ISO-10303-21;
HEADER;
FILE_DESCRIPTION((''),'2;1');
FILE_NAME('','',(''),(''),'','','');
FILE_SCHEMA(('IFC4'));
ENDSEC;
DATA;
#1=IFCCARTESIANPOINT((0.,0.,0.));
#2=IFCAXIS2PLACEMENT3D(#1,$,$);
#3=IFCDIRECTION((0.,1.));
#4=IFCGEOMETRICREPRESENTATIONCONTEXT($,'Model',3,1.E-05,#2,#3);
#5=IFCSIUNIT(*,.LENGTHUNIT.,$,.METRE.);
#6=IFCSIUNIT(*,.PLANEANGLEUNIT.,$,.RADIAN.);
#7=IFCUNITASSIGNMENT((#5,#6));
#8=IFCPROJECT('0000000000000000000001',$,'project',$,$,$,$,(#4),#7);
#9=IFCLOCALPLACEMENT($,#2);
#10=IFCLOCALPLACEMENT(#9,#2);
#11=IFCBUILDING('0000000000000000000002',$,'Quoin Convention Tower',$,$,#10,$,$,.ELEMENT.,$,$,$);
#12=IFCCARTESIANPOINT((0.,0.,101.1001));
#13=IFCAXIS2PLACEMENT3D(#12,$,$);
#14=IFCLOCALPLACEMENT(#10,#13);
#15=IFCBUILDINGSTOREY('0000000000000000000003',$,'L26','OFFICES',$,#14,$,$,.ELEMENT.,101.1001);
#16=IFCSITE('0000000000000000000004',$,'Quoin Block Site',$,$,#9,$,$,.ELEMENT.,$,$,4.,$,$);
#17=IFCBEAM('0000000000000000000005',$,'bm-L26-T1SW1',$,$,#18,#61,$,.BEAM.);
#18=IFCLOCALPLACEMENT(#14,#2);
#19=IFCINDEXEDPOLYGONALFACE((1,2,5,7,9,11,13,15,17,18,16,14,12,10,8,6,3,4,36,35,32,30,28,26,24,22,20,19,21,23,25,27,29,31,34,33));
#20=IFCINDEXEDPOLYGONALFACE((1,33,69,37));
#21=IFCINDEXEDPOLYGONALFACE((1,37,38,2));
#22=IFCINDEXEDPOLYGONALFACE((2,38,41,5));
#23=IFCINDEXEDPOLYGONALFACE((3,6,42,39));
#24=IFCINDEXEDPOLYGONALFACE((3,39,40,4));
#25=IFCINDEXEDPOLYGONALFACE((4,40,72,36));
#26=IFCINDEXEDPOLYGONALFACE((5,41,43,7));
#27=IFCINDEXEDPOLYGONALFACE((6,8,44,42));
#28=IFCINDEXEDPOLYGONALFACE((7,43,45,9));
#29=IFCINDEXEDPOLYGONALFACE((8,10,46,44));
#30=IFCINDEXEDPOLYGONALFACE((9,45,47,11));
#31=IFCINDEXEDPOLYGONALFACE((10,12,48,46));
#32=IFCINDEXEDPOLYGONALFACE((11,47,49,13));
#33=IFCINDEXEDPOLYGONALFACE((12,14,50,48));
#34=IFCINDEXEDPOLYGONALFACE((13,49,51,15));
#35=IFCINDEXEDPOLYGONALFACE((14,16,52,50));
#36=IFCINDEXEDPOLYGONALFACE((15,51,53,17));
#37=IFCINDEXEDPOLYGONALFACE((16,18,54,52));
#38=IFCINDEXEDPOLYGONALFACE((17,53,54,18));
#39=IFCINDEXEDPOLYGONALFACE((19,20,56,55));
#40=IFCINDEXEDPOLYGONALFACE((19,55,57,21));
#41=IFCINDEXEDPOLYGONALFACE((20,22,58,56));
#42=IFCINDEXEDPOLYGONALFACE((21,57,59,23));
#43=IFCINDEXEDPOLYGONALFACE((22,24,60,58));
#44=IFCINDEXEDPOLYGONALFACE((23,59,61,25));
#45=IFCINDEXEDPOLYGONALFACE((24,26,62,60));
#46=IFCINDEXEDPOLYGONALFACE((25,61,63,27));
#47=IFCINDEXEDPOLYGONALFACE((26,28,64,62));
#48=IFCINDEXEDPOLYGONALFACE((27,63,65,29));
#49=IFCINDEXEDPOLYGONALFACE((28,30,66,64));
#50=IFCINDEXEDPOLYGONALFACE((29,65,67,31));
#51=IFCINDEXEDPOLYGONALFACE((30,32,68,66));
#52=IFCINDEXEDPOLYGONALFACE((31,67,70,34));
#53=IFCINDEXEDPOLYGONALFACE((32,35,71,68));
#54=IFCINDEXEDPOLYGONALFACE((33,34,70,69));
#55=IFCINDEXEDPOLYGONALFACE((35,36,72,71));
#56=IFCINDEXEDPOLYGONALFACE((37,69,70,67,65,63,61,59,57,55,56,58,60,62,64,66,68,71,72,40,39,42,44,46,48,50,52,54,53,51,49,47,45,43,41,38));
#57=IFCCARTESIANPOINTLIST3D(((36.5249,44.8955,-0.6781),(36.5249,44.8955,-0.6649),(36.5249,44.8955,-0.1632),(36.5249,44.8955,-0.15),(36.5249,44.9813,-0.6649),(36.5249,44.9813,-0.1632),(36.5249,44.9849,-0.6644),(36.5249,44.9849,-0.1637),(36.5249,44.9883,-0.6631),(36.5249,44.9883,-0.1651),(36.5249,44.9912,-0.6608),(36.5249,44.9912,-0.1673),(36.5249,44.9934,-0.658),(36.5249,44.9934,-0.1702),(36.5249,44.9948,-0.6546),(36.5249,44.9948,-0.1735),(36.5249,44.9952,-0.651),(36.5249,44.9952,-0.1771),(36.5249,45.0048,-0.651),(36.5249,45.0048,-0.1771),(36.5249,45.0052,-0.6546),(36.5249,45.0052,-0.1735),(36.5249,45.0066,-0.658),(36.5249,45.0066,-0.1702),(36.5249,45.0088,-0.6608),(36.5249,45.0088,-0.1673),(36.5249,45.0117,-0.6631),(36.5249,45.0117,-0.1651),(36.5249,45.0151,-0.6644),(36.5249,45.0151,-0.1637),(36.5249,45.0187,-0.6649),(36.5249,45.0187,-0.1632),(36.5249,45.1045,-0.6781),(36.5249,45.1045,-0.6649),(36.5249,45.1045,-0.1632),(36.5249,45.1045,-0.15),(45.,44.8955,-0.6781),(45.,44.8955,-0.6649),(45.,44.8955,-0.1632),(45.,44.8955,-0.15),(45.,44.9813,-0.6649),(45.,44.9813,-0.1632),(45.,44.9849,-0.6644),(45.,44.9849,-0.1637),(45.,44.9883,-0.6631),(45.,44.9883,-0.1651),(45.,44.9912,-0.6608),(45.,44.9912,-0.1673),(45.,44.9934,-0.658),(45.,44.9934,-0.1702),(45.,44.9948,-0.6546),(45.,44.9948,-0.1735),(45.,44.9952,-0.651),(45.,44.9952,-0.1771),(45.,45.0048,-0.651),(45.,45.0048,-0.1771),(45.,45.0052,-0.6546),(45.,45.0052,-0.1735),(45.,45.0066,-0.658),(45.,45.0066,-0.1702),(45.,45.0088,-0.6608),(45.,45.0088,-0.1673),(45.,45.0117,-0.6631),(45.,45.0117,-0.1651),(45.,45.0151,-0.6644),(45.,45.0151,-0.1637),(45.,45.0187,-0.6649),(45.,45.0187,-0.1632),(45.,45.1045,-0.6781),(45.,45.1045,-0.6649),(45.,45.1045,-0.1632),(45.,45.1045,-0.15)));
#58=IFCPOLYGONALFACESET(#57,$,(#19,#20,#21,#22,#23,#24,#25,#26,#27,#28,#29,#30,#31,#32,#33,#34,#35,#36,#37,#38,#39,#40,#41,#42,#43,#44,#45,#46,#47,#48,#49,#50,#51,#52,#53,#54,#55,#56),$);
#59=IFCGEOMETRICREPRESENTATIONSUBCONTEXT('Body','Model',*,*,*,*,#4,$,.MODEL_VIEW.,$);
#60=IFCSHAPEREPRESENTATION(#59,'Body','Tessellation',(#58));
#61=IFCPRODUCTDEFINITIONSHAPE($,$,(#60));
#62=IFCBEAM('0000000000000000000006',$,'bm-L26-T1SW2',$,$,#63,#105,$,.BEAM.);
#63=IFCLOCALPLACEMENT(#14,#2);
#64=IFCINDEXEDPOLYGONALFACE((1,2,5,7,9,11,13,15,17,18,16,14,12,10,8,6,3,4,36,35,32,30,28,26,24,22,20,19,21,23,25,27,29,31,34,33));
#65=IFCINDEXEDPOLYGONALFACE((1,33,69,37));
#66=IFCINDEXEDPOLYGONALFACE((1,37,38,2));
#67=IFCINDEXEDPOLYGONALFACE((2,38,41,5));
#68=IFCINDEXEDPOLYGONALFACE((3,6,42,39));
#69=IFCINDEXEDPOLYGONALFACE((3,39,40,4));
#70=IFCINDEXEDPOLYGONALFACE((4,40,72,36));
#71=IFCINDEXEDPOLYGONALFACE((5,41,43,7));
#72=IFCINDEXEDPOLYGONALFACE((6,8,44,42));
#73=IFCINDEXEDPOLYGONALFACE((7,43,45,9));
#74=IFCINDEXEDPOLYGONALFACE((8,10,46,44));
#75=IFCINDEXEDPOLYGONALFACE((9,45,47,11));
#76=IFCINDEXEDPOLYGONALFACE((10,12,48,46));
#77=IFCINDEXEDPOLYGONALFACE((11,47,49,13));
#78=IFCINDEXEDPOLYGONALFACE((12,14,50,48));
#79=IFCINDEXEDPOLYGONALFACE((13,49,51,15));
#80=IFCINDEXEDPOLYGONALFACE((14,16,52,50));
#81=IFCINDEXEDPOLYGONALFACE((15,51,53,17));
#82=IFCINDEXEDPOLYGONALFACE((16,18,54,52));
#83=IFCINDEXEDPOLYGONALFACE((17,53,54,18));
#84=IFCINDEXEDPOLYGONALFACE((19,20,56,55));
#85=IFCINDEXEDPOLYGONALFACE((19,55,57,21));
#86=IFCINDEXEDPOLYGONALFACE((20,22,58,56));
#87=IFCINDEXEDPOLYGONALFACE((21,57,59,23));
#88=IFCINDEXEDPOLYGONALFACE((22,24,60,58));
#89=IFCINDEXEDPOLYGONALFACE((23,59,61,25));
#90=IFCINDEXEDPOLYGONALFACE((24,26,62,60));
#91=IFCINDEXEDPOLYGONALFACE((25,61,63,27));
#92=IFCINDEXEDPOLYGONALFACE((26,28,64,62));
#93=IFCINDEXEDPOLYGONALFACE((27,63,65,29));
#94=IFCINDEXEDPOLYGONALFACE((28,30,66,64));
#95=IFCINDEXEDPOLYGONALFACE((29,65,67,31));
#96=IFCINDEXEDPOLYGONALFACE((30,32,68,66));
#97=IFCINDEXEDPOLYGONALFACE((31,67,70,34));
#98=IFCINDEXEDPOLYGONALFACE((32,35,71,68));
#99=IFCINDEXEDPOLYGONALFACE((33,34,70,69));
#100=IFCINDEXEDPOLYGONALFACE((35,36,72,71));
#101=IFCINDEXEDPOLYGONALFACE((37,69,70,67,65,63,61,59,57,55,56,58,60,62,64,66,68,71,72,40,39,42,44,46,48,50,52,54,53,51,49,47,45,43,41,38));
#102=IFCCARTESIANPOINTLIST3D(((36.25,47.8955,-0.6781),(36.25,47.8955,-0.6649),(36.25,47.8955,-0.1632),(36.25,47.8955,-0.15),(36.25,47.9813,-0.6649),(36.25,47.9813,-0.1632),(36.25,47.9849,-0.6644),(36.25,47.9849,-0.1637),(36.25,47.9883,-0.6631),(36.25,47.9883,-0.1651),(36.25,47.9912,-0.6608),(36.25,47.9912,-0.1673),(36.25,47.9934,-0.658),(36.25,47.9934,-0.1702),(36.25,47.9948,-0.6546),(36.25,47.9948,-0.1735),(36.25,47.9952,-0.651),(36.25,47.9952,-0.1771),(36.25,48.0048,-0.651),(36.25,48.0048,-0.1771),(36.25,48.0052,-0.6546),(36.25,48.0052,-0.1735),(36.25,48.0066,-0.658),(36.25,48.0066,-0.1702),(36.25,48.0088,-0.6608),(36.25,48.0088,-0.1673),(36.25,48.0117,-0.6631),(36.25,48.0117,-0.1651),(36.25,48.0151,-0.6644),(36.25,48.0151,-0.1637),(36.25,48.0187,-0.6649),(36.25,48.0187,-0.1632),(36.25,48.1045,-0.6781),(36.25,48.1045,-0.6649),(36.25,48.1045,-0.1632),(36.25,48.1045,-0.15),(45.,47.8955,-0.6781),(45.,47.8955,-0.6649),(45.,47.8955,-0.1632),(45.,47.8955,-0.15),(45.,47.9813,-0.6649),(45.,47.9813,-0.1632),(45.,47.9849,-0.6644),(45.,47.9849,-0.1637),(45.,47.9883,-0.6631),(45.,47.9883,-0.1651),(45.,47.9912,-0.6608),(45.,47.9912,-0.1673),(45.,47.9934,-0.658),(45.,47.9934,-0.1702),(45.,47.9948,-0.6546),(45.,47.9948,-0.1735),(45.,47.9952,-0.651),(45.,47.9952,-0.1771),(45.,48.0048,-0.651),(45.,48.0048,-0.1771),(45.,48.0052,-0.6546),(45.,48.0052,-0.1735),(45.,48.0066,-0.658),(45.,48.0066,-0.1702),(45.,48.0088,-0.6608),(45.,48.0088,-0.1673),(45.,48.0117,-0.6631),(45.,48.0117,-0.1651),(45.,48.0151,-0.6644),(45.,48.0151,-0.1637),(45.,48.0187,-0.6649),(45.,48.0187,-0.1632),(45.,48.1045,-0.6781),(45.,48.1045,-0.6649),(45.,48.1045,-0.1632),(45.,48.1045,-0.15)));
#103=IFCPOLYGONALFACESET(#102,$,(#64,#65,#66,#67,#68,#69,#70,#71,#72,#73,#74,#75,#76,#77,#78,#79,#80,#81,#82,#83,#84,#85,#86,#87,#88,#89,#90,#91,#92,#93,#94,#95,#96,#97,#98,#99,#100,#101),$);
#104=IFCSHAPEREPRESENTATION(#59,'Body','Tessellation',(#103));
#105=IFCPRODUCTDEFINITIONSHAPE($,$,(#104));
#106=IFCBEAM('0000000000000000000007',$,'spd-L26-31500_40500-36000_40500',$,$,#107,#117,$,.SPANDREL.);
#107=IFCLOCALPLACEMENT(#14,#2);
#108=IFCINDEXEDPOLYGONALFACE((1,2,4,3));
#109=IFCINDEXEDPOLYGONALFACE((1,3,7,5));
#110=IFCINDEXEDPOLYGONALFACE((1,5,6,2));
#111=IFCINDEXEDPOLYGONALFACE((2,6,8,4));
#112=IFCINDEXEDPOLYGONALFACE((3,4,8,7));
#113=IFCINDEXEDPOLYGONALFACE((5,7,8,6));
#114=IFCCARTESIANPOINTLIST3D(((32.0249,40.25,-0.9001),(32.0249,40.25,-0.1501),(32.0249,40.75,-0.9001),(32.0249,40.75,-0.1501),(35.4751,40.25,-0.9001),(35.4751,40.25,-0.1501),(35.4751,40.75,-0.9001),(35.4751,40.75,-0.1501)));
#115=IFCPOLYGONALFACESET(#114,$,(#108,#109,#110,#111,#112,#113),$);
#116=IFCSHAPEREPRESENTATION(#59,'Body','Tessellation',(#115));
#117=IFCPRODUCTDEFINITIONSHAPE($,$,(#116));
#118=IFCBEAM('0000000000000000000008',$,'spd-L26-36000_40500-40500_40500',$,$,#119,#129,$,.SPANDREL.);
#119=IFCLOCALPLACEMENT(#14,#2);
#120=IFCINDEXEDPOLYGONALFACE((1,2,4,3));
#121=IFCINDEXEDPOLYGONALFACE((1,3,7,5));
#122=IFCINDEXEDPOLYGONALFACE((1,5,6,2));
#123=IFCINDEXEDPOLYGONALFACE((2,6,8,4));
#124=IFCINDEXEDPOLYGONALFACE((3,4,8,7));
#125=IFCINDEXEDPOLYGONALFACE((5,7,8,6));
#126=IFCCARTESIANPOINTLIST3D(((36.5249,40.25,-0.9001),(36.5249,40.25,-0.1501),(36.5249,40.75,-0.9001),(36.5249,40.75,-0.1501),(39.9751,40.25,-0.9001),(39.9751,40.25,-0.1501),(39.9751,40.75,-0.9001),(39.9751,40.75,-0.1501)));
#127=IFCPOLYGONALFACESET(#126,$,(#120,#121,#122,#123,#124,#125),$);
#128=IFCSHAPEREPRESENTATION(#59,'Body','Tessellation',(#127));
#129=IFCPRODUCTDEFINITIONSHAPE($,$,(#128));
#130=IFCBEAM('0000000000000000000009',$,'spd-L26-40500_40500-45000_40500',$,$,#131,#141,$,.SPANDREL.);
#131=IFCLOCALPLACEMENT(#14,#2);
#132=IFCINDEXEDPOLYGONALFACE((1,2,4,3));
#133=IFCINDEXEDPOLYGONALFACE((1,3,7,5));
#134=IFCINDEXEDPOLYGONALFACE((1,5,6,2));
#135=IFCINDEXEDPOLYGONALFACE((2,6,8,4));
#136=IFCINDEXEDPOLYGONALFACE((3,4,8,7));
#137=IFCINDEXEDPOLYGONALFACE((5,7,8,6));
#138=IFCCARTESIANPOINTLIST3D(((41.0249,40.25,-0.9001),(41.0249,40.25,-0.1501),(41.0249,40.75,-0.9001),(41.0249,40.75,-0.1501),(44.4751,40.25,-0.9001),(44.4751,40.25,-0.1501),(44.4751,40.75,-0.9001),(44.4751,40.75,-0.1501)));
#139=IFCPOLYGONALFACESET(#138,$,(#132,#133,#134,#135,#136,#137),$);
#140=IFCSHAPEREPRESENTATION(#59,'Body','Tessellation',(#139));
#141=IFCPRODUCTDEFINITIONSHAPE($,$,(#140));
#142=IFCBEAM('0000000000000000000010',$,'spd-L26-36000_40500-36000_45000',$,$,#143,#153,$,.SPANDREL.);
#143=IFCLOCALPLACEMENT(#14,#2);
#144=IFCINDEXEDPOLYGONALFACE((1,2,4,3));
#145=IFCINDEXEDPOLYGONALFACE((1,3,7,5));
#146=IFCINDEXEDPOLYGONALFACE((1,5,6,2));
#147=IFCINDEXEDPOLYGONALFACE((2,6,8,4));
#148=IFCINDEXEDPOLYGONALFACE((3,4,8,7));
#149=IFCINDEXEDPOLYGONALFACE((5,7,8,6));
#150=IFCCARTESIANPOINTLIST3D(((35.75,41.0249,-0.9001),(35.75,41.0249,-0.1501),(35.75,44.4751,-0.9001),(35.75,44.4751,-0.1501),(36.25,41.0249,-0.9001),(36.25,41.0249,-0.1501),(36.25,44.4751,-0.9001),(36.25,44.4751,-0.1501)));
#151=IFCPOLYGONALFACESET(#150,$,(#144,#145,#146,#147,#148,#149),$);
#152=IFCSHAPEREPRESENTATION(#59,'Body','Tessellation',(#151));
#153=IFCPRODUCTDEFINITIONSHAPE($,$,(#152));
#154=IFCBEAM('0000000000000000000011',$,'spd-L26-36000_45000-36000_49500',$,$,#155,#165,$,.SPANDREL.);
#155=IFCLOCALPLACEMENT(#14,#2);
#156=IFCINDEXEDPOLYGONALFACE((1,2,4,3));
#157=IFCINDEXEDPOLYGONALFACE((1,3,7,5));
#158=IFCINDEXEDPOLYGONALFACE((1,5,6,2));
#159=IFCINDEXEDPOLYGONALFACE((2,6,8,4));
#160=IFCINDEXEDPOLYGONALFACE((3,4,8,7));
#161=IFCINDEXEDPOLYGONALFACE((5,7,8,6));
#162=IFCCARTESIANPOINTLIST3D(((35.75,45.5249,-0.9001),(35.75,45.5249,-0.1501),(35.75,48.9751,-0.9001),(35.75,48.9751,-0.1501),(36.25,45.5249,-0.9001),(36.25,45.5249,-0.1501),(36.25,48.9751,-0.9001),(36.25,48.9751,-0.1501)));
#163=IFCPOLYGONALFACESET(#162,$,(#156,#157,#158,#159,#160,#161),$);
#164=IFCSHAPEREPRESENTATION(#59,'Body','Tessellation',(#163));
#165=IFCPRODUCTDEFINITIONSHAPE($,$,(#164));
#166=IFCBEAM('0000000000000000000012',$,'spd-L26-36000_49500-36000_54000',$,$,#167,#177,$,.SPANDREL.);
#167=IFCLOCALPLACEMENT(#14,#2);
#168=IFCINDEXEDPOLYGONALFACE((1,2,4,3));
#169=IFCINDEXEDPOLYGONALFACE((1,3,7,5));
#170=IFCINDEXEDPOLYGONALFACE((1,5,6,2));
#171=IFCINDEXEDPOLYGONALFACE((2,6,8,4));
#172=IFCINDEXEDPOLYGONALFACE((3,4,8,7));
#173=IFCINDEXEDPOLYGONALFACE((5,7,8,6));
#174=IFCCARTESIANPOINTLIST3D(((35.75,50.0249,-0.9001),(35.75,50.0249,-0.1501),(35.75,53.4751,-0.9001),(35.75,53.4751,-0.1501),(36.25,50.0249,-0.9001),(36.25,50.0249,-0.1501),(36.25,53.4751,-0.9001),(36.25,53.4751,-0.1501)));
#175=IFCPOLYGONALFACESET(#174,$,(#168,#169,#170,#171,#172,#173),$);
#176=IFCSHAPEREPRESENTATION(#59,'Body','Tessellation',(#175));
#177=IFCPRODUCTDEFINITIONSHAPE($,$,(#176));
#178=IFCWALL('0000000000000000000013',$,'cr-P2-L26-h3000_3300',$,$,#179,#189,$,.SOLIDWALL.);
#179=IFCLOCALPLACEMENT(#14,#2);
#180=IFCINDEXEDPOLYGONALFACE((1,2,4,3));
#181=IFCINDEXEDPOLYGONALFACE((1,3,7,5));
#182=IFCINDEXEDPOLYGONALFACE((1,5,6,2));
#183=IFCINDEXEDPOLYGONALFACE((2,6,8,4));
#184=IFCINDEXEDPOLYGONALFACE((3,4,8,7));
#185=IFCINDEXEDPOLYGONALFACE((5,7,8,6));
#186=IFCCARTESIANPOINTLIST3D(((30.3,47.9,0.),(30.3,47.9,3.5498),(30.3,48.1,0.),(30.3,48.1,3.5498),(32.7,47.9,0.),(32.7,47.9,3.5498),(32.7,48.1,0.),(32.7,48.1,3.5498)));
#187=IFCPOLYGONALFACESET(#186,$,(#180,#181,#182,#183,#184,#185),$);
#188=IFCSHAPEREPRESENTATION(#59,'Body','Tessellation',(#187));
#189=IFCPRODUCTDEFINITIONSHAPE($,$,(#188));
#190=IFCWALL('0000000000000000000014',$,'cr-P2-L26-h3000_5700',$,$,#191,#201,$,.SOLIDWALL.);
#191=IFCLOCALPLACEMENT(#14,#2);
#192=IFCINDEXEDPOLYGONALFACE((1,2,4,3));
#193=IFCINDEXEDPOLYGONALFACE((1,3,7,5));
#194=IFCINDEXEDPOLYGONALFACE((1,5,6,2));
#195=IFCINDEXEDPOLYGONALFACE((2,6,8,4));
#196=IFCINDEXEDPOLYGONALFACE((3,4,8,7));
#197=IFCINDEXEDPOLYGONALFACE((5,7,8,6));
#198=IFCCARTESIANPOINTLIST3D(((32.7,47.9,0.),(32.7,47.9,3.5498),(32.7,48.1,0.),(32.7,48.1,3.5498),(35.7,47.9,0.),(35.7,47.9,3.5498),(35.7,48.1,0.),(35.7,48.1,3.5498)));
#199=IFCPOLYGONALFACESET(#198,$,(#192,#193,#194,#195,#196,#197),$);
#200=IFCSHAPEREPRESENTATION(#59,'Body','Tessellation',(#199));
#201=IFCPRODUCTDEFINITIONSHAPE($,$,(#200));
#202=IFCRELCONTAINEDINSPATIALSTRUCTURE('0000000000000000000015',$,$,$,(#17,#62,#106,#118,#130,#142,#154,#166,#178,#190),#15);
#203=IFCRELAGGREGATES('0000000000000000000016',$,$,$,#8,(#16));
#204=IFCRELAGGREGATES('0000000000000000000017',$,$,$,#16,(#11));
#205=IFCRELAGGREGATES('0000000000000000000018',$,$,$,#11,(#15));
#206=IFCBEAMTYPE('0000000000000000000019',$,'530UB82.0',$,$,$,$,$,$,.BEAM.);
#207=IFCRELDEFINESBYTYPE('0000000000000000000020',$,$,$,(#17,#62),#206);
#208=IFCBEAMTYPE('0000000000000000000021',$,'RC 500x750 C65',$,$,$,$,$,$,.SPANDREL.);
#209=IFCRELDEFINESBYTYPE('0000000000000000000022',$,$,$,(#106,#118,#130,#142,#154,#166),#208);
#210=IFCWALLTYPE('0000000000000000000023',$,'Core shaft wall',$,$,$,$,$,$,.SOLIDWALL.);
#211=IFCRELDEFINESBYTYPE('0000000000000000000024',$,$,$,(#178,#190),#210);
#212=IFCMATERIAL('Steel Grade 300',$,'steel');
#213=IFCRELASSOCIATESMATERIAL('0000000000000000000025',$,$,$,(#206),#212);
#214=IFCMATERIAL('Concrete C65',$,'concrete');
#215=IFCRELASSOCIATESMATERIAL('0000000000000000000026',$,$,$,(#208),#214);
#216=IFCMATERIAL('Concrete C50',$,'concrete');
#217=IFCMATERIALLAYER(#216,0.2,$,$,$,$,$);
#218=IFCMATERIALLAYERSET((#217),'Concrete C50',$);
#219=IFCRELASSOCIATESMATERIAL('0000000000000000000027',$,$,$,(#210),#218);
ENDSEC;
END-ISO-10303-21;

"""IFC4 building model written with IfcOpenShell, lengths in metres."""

from ifc_helpers import new_model, si_unit, direction, frame, frame_2d, origin, origin_2d, place, context, subcontext, project, spatial, rectangle, i_section, extrude, material, layer, layer_set, material_profile, profile_set, type_object, element, save


model = new_model("IFC4")

# Units and contexts
model_context = context("Model", 3, precision=1e-05, world=origin(), true_north=direction((0.0, 1.0)))
body_context = subcontext(model_context, "Body", "Model", "MODEL_VIEW")
ifc_project = project(units=[si_unit("LENGTHUNIT", "METRE"), si_unit("PLANEANGLEUNIT", "RADIAN")], contexts=[model_context])

# Site, building, storey
site_placement = place(None, origin())
site = spatial("IfcSite", under=ifc_project, at=site_placement, Name="Quoin Block Site", CompositionType="ELEMENT", RefElevation=4.0)
building_placement = place(site_placement, origin())
building = spatial("IfcBuilding", under=site, at=building_placement, Name="Quoin Convention Tower", CompositionType="ELEMENT")
storey_placement = place(building_placement, frame((0.0, 0.0, 101.1001)))
storey = spatial("IfcBuildingStorey", under=building, at=storey_placement, Name="L26", Description="OFFICES", CompositionType="ELEMENT", Elevation=101.1001)

# Shared definitions
ifc_material_1 = material(Name="Concrete C65", Category="concrete")

# Beams
ifc_material_2 = material(Name="Steel Grade 300", Category="steel")
ifc_material_profile_1 = material_profile(ifc_material_2, i_section(OverallWidth=0.209, OverallDepth=0.5281, WebThickness=0.0095, FlangeThickness=0.0132, FilletRadius=0.0139, at=origin_2d()), Name="530UB82.0")
ifc_profile_set_1 = profile_set([ifc_material_profile_1], Name="Steel Grade 300")
beam_type_1 = type_object("IfcBeamType", Name="530UB82.0", PredefinedType="BEAM", material=ifc_profile_set_1)
beam_1_placement = place(storey_placement, frame((36.5249, 45.0, -0.4141), z_axis=(1.0, 0.0, 0.0), x_axis=(0.0, 1.0, 0.0)))
element("IfcBeam", 1, at=beam_1_placement, inside=storey, type_object=beam_type_1, Name="bm-L26-T1SW1", PredefinedType="BEAM", context=body_context, shape_type="SweptSolid", body=[
    extrude(i_section(OverallWidth=0.209, OverallDepth=0.5281, WebThickness=0.0095, FlangeThickness=0.0132, FilletRadius=0.0139, at=origin_2d()), origin(), (0.0, 0.0, 1.0), 8.4751),
])
beam_2_placement = place(storey_placement, frame((36.25, 48.0, -0.4141), z_axis=(1.0, 0.0, 0.0), x_axis=(0.0, 1.0, 0.0)))
element("IfcBeam", 2, at=beam_2_placement, inside=storey, type_object=beam_type_1, Name="bm-L26-T1SW2", PredefinedType="BEAM", context=body_context, shape_type="SweptSolid", body=[
    extrude(i_section(OverallWidth=0.209, OverallDepth=0.5281, WebThickness=0.0095, FlangeThickness=0.0132, FilletRadius=0.0139, at=origin_2d()), origin(), (0.0, 0.0, 1.0), 8.75),
])
ifc_material_profile_2 = material_profile(ifc_material_1, rectangle(XDim=0.5, YDim=0.75, at=origin_2d()), Name="RC 500x750")
ifc_profile_set_2 = profile_set([ifc_material_profile_2], Name="Concrete C65")
beam_type_2 = type_object("IfcBeamType", Name="RC 500x750 C65", PredefinedType="SPANDREL", material=ifc_profile_set_2)
for number, where, z_axis, x_axis, name in (
    (3, (32.0249, 40.5, -0.5251), (1.0, 0.0, 0.0), (0.0, 1.0, 0.0), "spd-L26-31500_40500-36000_40500"),
    (4, (36.5249, 40.5, -0.5251), (1.0, 0.0, 0.0), (0.0, 1.0, 0.0), "spd-L26-36000_40500-40500_40500"),
    (5, (41.0249, 40.5, -0.5251), (1.0, 0.0, 0.0), (0.0, 1.0, 0.0), "spd-L26-40500_40500-45000_40500"),
    (6, (36.0, 41.0249, -0.5251), (0.0, 1.0, 0.0), (-1.0, 0.0, 0.0), "spd-L26-36000_40500-36000_45000"),
    (7, (36.0, 45.5249, -0.5251), (0.0, 1.0, 0.0), (-1.0, 0.0, 0.0), "spd-L26-36000_45000-36000_49500"),
    (8, (36.0, 50.0249, -0.5251), (0.0, 1.0, 0.0), (-1.0, 0.0, 0.0), "spd-L26-36000_49500-36000_54000"),
):
    element("IfcBeam", number, at=place(storey_placement, frame(where, z_axis=z_axis, x_axis=x_axis)), inside=storey, type_object=beam_type_2, Name=name, PredefinedType="SPANDREL", context=body_context, shape_type="SweptSolid", body=[
        extrude(rectangle(XDim=0.5, YDim=0.75, at=origin_2d()), origin(), (0.0, 0.0, 1.0), 3.4502),
    ])

# Walls
ifc_material_3 = material(Name="Concrete C50", Category="concrete")
ifc_layer_1 = layer(ifc_material_3, 0.2)
ifc_layer_set_1 = layer_set([ifc_layer_1], Name="Concrete C50")
wall_type_1 = type_object("IfcWallType", Name="Core shaft wall", PredefinedType="SOLIDWALL", material=ifc_layer_set_1)
wall_1_placement = place(storey_placement, frame((30.3, 48.0, 0.0), z_axis=(0.0, 0.0, 1.0), x_axis=(1.0, 0.0, 0.0)))
element("IfcWall", 9, at=wall_1_placement, inside=storey, type_object=wall_type_1, Name="cr-P2-L26-h3000_3300", PredefinedType="SOLIDWALL", context=body_context, shape_type="SweptSolid", body=[
    extrude(rectangle(XDim=2.3999, YDim=0.2, at=frame_2d((1.2, 0.0))), origin(), (0.0, 0.0, 1.0), 3.5498),
])
wall_2_placement = place(storey_placement, frame((32.7, 48.0, 0.0), z_axis=(0.0, 0.0, 1.0), x_axis=(1.0, 0.0, 0.0)))
element("IfcWall", 10, at=wall_2_placement, inside=storey, type_object=wall_type_1, Name="cr-P2-L26-h3000_5700", PredefinedType="SOLIDWALL", context=body_context, shape_type="SweptSolid", body=[
    extrude(rectangle(XDim=3.0, YDim=0.2, at=frame_2d((1.5, 0.0))), origin(), (0.0, 0.0, 1.0), 3.5498),
])

save(model, "model.ifc")
